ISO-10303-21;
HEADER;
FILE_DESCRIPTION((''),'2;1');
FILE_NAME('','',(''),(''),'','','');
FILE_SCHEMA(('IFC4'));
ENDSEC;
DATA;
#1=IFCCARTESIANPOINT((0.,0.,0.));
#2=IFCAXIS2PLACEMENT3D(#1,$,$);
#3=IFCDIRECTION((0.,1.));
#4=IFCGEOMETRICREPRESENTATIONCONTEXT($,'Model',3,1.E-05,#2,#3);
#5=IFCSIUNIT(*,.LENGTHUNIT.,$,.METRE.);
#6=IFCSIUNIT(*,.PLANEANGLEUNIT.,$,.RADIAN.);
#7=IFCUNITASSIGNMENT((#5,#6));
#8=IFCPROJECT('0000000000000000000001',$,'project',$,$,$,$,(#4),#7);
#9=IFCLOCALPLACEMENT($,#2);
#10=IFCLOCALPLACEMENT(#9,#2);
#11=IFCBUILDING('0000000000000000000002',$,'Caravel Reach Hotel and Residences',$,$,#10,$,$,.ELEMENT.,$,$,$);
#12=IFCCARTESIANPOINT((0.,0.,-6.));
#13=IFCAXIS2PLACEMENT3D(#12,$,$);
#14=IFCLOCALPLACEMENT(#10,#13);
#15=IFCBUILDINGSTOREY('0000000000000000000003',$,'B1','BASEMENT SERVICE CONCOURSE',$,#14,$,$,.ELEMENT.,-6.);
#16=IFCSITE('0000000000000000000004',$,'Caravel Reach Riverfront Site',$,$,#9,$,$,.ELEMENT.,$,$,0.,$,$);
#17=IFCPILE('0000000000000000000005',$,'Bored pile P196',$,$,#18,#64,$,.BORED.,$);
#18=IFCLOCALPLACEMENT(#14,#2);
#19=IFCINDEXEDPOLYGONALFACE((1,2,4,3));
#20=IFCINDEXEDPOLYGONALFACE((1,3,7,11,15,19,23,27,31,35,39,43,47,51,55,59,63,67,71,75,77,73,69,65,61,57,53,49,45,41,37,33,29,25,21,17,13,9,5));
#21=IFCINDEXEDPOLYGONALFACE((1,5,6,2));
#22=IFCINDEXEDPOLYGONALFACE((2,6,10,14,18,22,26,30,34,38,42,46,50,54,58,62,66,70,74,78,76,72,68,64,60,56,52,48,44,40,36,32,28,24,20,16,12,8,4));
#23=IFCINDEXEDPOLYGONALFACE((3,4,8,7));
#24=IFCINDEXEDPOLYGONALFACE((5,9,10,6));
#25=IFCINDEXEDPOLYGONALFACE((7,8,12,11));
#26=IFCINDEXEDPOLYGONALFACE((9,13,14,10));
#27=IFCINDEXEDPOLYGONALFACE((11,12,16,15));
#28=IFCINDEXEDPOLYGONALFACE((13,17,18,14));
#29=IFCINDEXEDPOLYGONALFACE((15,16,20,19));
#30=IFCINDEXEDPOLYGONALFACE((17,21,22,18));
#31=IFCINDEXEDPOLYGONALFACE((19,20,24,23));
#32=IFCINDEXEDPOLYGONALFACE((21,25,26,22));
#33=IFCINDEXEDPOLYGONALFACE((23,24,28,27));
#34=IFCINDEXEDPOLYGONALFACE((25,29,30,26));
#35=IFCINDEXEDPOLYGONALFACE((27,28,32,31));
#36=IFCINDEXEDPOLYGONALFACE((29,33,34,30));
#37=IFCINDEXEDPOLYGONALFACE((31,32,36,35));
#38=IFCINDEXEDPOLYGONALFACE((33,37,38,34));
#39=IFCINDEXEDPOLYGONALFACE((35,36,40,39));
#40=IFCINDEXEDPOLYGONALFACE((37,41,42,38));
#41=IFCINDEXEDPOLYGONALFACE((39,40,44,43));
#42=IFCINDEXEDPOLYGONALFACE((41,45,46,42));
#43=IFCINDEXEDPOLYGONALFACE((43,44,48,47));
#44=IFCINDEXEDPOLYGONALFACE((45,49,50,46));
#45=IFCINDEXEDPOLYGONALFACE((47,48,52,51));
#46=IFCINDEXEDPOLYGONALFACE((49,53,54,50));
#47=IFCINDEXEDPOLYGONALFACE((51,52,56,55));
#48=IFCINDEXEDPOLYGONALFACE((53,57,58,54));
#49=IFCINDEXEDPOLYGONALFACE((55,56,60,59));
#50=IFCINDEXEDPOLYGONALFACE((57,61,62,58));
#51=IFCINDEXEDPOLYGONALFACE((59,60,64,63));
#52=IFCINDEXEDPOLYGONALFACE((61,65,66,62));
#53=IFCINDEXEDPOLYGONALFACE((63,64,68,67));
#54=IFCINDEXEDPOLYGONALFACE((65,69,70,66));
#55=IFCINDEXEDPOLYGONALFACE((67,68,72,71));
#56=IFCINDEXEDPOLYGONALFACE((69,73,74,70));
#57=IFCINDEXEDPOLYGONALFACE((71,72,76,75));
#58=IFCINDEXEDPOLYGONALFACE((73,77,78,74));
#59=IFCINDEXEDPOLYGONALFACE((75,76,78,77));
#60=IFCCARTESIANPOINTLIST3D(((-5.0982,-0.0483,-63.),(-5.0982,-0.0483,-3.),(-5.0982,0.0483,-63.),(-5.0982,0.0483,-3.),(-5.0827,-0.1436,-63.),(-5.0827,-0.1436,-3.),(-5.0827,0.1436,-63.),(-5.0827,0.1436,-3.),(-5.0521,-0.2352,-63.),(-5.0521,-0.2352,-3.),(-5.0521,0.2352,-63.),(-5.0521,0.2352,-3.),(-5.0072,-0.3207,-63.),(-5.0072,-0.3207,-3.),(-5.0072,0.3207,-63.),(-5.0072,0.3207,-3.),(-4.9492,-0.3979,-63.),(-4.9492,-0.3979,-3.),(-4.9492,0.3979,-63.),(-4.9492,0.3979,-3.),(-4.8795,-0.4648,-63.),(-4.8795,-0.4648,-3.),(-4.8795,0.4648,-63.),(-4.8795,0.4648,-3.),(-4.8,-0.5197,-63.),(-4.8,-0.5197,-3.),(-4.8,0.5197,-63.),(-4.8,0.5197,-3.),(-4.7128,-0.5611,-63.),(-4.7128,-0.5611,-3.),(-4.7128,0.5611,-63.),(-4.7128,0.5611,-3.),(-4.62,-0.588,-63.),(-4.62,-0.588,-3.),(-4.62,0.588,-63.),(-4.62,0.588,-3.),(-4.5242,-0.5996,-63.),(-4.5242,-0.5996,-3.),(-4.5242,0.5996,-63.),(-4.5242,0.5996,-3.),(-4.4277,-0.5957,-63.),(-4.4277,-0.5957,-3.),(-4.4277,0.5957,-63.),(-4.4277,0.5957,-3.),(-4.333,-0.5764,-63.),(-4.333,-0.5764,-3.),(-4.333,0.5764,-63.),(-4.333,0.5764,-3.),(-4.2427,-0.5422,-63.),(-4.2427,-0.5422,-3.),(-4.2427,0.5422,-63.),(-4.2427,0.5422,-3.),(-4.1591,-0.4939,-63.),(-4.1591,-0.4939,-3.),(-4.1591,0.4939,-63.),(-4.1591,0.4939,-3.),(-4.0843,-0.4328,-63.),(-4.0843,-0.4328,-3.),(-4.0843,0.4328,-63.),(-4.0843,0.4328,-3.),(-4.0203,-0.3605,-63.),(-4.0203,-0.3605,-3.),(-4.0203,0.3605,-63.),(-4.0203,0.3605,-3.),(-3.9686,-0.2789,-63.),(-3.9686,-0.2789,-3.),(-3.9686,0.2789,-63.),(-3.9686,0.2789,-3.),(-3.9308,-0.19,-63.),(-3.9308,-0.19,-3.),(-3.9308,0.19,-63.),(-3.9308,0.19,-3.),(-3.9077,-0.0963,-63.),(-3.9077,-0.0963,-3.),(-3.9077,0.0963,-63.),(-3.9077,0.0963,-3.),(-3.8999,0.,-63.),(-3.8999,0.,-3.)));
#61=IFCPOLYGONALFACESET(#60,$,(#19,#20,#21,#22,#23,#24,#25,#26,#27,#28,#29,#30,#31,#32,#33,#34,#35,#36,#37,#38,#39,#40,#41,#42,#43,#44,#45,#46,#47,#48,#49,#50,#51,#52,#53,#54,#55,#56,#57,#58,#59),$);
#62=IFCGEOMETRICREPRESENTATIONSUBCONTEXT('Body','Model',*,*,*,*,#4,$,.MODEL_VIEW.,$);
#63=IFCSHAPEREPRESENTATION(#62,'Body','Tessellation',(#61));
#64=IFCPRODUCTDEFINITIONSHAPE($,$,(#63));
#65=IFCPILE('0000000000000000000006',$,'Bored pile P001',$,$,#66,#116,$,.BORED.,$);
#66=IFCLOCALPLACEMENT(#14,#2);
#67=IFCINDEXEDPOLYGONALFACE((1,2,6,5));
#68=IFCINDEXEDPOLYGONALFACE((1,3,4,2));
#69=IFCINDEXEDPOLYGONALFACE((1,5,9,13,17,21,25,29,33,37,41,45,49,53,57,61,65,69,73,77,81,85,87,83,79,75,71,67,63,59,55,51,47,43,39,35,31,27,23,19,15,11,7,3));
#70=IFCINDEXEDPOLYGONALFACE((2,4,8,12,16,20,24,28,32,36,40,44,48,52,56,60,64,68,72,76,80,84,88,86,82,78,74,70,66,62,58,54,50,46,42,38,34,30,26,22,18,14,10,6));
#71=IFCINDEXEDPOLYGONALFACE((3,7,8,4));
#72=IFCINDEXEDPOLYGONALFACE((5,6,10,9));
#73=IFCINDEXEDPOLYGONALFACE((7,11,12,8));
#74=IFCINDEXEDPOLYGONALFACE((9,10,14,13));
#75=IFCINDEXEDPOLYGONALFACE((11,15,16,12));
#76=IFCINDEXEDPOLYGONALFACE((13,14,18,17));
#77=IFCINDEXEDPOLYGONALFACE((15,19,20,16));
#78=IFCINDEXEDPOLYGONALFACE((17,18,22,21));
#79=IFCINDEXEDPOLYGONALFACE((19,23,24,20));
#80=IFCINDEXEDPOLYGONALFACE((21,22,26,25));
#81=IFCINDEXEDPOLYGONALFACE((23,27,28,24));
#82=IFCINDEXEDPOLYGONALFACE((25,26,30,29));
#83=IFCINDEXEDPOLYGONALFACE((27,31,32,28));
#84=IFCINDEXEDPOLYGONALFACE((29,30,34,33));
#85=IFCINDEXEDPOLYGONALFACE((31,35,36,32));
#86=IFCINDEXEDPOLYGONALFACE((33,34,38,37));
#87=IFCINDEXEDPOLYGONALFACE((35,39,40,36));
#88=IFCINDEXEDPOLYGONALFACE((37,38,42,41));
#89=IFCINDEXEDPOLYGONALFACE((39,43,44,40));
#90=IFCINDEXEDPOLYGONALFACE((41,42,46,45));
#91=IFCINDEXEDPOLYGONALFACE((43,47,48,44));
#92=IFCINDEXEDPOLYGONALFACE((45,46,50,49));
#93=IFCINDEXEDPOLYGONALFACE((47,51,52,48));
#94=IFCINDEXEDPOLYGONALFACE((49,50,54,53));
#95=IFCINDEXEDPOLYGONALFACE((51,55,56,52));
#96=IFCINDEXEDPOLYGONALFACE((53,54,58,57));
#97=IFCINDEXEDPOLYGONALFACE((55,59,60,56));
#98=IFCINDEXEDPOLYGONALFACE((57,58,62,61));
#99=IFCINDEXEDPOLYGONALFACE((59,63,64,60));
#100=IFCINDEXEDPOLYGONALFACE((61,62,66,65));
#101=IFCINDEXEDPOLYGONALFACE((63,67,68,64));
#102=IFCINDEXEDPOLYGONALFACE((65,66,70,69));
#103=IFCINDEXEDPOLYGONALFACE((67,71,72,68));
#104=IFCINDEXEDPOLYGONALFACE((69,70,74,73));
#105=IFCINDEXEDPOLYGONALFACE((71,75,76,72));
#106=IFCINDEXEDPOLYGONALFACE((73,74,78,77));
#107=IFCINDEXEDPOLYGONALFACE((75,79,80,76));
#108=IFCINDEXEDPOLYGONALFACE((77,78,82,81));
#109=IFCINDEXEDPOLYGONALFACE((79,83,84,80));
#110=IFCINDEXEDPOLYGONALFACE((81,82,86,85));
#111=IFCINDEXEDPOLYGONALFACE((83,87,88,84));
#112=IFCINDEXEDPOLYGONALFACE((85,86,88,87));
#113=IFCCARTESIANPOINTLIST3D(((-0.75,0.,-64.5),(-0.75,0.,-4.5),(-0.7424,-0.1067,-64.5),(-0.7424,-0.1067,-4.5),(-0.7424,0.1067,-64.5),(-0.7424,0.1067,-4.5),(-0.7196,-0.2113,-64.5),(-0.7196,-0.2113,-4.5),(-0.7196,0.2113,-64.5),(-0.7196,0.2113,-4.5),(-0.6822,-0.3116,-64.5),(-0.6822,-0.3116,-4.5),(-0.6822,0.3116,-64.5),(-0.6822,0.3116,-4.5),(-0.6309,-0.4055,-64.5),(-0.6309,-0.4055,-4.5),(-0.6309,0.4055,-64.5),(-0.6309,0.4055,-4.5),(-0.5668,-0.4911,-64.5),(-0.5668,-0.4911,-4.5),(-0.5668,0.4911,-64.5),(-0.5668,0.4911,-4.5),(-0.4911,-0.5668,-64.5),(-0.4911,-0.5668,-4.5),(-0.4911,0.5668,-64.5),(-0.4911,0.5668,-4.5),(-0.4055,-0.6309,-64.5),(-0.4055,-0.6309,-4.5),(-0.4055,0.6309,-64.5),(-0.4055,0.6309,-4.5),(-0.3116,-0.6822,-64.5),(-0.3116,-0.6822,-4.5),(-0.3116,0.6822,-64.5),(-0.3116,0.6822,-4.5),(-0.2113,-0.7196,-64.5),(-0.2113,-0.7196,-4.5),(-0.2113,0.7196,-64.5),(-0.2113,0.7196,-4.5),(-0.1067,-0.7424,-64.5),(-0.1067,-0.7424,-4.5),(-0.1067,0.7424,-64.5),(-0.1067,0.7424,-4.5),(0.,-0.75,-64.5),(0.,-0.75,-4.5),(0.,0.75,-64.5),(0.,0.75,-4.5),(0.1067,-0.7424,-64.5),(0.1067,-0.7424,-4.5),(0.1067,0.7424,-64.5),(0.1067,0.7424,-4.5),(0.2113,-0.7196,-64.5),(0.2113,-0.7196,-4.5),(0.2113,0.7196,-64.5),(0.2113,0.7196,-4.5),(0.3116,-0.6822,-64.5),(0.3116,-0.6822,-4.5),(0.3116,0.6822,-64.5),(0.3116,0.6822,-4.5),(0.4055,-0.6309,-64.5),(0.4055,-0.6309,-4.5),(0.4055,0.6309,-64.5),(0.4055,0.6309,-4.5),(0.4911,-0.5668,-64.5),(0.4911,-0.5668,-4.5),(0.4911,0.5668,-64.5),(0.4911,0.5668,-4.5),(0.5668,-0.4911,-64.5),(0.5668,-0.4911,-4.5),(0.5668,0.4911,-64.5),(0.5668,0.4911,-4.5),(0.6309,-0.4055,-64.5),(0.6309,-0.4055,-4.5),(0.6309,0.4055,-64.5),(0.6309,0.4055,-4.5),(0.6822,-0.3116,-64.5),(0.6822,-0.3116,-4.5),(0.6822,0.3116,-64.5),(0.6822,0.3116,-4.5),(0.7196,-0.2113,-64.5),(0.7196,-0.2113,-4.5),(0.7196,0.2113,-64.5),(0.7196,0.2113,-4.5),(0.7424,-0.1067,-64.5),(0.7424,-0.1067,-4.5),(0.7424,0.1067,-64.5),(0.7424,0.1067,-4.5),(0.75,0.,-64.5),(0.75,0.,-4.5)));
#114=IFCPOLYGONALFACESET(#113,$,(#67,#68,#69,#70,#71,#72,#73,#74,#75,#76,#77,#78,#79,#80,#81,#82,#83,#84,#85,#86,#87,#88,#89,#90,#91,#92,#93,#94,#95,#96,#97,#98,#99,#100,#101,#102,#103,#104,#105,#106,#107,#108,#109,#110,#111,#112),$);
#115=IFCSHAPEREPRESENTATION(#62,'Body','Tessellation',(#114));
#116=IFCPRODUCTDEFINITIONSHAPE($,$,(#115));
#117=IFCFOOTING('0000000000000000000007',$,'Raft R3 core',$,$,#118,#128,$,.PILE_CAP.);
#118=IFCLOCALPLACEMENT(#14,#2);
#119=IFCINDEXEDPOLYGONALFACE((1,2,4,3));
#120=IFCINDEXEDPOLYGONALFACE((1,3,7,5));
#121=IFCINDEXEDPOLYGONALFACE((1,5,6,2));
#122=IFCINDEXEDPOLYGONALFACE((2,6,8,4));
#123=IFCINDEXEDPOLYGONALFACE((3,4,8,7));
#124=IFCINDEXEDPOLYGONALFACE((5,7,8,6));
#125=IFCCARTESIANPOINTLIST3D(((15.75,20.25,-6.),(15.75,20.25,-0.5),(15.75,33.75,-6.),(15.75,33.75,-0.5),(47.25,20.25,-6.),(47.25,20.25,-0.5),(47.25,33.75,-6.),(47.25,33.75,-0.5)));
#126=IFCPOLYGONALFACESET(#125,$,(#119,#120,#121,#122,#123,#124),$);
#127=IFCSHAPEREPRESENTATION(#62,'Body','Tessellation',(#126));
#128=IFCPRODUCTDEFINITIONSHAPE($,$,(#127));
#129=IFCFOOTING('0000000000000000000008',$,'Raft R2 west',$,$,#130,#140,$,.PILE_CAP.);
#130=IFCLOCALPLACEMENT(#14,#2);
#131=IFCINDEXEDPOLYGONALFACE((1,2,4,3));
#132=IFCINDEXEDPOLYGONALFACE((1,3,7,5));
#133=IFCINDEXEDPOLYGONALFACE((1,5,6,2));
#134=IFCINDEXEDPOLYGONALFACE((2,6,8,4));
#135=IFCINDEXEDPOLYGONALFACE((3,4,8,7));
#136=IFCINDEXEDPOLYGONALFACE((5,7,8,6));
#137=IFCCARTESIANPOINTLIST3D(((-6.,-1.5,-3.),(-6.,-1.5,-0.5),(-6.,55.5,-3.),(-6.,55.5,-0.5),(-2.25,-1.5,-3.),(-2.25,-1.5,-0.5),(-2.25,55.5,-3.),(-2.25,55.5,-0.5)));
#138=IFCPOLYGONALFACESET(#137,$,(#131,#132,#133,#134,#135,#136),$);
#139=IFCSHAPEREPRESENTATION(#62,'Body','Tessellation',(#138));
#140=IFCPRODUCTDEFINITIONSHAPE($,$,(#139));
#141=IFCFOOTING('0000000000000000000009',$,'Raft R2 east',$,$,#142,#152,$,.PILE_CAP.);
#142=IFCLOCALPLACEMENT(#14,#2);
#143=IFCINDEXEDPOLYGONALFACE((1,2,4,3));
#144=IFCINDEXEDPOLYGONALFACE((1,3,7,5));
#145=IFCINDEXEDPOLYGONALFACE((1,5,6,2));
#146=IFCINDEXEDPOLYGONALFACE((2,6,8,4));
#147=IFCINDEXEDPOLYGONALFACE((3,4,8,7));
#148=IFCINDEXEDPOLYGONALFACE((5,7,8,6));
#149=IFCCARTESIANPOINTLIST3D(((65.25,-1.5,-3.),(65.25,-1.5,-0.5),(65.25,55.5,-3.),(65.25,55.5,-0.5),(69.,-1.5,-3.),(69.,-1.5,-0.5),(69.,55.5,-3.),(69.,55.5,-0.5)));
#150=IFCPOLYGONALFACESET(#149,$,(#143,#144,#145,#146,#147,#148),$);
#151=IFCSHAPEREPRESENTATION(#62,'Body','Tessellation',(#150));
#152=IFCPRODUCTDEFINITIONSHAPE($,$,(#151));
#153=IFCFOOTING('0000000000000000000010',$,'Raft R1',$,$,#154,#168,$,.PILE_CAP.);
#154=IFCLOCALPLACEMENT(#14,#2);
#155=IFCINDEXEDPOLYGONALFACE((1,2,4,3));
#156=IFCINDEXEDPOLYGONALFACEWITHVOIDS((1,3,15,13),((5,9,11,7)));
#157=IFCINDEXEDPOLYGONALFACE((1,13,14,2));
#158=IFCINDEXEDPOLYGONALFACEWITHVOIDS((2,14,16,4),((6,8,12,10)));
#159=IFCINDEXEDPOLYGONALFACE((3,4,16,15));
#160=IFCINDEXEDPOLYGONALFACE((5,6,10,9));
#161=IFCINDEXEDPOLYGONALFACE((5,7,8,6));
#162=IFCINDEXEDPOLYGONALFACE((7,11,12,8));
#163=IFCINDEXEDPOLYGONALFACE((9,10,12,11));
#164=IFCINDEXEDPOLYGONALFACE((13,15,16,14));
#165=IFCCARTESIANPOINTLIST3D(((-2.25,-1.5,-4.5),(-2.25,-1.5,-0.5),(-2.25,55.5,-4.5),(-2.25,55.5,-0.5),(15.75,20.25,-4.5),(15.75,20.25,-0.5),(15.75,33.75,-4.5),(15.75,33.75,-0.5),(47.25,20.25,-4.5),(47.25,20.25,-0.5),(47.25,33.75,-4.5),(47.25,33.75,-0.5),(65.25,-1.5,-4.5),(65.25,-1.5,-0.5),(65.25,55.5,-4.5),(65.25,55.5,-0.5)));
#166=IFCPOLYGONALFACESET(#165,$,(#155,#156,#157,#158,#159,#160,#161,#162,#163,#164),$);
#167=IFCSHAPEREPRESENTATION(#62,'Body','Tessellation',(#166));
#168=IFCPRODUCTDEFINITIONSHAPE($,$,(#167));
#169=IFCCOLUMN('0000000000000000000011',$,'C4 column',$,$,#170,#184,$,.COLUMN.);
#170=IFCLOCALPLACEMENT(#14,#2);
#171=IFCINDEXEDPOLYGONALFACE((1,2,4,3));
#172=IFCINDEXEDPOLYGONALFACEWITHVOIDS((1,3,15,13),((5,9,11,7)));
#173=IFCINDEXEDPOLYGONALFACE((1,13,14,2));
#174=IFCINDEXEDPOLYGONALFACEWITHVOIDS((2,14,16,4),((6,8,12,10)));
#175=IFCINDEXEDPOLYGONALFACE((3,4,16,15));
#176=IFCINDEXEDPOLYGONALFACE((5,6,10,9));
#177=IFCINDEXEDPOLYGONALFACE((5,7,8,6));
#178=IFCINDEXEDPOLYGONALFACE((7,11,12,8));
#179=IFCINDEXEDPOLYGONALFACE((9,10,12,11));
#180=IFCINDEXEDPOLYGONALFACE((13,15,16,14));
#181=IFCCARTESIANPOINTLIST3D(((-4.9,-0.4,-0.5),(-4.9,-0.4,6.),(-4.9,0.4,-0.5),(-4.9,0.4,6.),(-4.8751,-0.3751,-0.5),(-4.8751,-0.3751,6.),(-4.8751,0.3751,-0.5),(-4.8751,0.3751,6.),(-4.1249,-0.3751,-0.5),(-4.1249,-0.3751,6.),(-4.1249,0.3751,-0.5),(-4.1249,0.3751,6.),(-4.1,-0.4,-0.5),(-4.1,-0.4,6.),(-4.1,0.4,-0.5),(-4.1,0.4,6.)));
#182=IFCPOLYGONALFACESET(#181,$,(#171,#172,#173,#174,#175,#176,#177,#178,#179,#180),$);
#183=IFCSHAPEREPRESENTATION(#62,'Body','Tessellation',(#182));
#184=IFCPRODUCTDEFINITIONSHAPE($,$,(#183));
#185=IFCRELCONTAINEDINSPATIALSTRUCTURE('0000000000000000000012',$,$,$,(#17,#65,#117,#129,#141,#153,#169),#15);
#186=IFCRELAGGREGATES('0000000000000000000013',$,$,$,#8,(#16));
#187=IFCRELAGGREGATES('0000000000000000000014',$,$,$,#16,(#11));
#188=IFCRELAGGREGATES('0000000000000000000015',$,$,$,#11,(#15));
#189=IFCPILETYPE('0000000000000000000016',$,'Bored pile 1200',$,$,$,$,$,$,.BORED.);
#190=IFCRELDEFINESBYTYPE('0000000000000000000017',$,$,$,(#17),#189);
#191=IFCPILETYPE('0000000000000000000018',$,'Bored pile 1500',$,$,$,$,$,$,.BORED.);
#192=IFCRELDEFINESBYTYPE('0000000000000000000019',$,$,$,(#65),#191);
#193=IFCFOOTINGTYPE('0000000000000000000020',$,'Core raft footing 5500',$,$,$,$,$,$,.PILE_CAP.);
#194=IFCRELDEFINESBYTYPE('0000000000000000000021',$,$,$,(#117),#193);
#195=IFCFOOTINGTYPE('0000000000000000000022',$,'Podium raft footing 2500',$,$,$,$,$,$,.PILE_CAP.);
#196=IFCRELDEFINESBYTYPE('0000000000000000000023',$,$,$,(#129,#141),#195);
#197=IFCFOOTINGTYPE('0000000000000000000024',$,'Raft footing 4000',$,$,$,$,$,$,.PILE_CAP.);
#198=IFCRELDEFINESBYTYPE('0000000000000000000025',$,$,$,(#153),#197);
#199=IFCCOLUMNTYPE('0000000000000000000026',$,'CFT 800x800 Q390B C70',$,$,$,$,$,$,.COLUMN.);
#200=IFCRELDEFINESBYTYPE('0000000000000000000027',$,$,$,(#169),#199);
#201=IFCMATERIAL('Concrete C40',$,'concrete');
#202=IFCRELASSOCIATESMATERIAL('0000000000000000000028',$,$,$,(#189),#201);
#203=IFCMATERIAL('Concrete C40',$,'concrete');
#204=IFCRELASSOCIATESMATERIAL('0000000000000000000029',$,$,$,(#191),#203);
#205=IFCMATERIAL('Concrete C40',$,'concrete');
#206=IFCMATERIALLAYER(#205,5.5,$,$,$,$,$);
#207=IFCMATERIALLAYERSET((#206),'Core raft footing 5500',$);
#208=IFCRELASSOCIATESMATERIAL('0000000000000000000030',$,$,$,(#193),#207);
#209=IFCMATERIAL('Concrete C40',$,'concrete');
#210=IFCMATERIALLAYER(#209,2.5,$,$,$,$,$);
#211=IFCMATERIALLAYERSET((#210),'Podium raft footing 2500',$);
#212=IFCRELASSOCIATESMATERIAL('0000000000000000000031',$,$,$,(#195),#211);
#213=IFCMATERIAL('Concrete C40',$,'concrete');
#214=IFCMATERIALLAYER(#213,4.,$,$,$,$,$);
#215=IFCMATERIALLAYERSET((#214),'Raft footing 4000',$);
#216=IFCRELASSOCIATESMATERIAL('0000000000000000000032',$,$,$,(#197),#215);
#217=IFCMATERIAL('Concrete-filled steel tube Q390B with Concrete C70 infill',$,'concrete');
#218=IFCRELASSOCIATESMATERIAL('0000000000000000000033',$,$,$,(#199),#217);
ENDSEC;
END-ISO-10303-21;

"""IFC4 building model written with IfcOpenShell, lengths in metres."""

from ifc_helpers import new_model, si_unit, direction, frame, origin, origin_2d, place, context, subcontext, project, spatial, polyline, hollow_rectangle, circle, outline, extrude, material, layer, layer_set, material_profile, profile_set, type_object, element, save


model = new_model("IFC4")

# Units and contexts
model_context = context("Model", 3, precision=1e-05, world=origin(), true_north=direction((0.0, 1.0)))
body_context = subcontext(model_context, "Body", "Model", "MODEL_VIEW")
ifc_project = project(units=[si_unit("LENGTHUNIT", "METRE"), si_unit("PLANEANGLEUNIT", "RADIAN")], contexts=[model_context])

# Site, building, storey
site_placement = place(None, origin())
site = spatial("IfcSite", under=ifc_project, at=site_placement, Name="Caravel Reach Riverfront Site", CompositionType="ELEMENT", RefElevation=0.0)
building_placement = place(site_placement, origin())
building = spatial("IfcBuilding", under=site, at=building_placement, Name="Caravel Reach Hotel and Residences", CompositionType="ELEMENT")
storey_placement = place(building_placement, frame((0.0, 0.0, -6.0)))
storey = spatial("IfcBuildingStorey", under=building, at=storey_placement, Name="B1", Description="BASEMENT SERVICE CONCOURSE", CompositionType="ELEMENT", Elevation=-6.0)

# Piles
ifc_material_1 = material(Name="Concrete C40", Category="concrete")
ifc_material_profile_1 = material_profile(ifc_material_1, circle(Radius=0.6001, at=origin_2d()), Name="PILE 1200")
ifc_profile_set_1 = profile_set([ifc_material_profile_1], Name="Concrete C40")
pile_type_1 = type_object("IfcPileType", Name="Bored pile 1200", PredefinedType="BORED", material=ifc_profile_set_1)
pile_1_placement = place(storey_placement, frame((-4.5, 0.0, -3.0), z_axis=(0.0, 0.0, -1.0), x_axis=(1.0, 0.0, 0.0)))
element("IfcPile", 1, at=pile_1_placement, inside=storey, type_object=pile_type_1, Name="Bored pile P196", PredefinedType="BORED", context=body_context, shape_type="SweptSolid", body=[
    extrude(circle(Radius=0.6001, at=origin_2d()), origin(), (0.0, 0.0, 1.0), 60.0),
])
ifc_material_2 = material(Name="Concrete C40", Category="concrete")
ifc_material_profile_2 = material_profile(ifc_material_2, circle(Radius=0.75, at=origin_2d()), Name="PILE 1500")
ifc_profile_set_2 = profile_set([ifc_material_profile_2], Name="Concrete C40")
pile_type_2 = type_object("IfcPileType", Name="Bored pile 1500", PredefinedType="BORED", material=ifc_profile_set_2)
pile_2_placement = place(storey_placement, frame((0.0, 0.0, -4.5), z_axis=(0.0, 0.0, -1.0), x_axis=(1.0, 0.0, 0.0)))
element("IfcPile", 2, at=pile_2_placement, inside=storey, type_object=pile_type_2, Name="Bored pile P001", PredefinedType="BORED", context=body_context, shape_type="SweptSolid", body=[
    extrude(circle(Radius=0.75, at=origin_2d()), origin(), (0.0, 0.0, 1.0), 60.0),
])

# Footings
ifc_material_3 = material(Name="Concrete C40", Category="concrete")
ifc_layer_1 = layer(ifc_material_3, 5.5)
ifc_layer_set_1 = layer_set([ifc_layer_1], Name="Core raft footing 5500")
footing_type_1 = type_object("IfcFootingType", Name="Core raft footing 5500", PredefinedType="PILE_CAP", material=ifc_layer_set_1)
footing_1_placement = place(storey_placement, frame((0.0, 0.0, -6.0)))
element("IfcFooting", 3, at=footing_1_placement, inside=storey, type_object=footing_type_1, Name="Raft R3 core", PredefinedType="PILE_CAP", context=body_context, shape_type="SweptSolid", body=[
    extrude(outline(polyline([(15.75, 20.25), (47.25, 20.25), (47.25, 33.75), (15.75, 33.75), (15.75, 20.25)])), origin(), (0.0, 0.0, 1.0), 5.5),
])
ifc_material_4 = material(Name="Concrete C40", Category="concrete")
ifc_layer_2 = layer(ifc_material_4, 2.5)
ifc_layer_set_2 = layer_set([ifc_layer_2], Name="Podium raft footing 2500")
footing_type_2 = type_object("IfcFootingType", Name="Podium raft footing 2500", PredefinedType="PILE_CAP", material=ifc_layer_set_2)
footing_2_placement = place(storey_placement, frame((0.0, 0.0, -3.0)))
element("IfcFooting", 4, at=footing_2_placement, inside=storey, type_object=footing_type_2, Name="Raft R2 west", PredefinedType="PILE_CAP", context=body_context, shape_type="SweptSolid", body=[
    extrude(outline(polyline([(-6.0, -1.5), (-2.25, -1.5), (-2.25, 55.5), (-6.0, 55.5), (-6.0, -1.5)])), origin(), (0.0, 0.0, 1.0), 2.5),
])
footing_3_placement = place(storey_placement, frame((0.0, 0.0, -3.0)))
element("IfcFooting", 5, at=footing_3_placement, inside=storey, type_object=footing_type_2, Name="Raft R2 east", PredefinedType="PILE_CAP", context=body_context, shape_type="SweptSolid", body=[
    extrude(outline(polyline([(65.25, -1.5), (69.0, -1.5), (69.0, 55.5), (65.25, 55.5), (65.25, -1.5)])), origin(), (0.0, 0.0, 1.0), 2.5),
])
ifc_material_5 = material(Name="Concrete C40", Category="concrete")
ifc_layer_3 = layer(ifc_material_5, 4.0)
ifc_layer_set_3 = layer_set([ifc_layer_3], Name="Raft footing 4000")
footing_type_3 = type_object("IfcFootingType", Name="Raft footing 4000", PredefinedType="PILE_CAP", material=ifc_layer_set_3)
footing_4_placement = place(storey_placement, frame((0.0, 0.0, -4.5)))
element("IfcFooting", 6, at=footing_4_placement, inside=storey, type_object=footing_type_3, Name="Raft R1", PredefinedType="PILE_CAP", context=body_context, shape_type="SweptSolid", body=[
    extrude(outline(polyline([(-2.25, -1.5), (65.25, -1.5), (65.25, 55.5), (-2.25, 55.5), (-2.25, -1.5)]), holes=[polyline([(15.75, 20.25), (47.25, 20.25), (47.25, 33.75), (15.75, 33.75), (15.75, 20.25)])]), origin(), (0.0, 0.0, 1.0), 4.0),
])

# Column
ifc_material_6 = material(Name="Concrete-filled steel tube Q390B with Concrete C70 infill", Category="concrete")
ifc_material_profile_3 = material_profile(ifc_material_6, hollow_rectangle(XDim=0.8, YDim=0.8, WallThickness=0.0249, at=origin_2d()), Name="RHS 800x800x25")
ifc_profile_set_3 = profile_set([ifc_material_profile_3], Name="Concrete-filled steel tube Q390B with Concrete C70 infill")
column_type = type_object("IfcColumnType", Name="CFT 800x800 Q390B C70", PredefinedType="COLUMN", material=ifc_profile_set_3)
column_placement = place(storey_placement, frame((-4.5, 0.0, -0.5), z_axis=(0.0, 0.0, 1.0), x_axis=(1.0, 0.0, 0.0)))
element("IfcColumn", 7, at=column_placement, inside=storey, type_object=column_type, Name="C4 column", PredefinedType="COLUMN", context=body_context, shape_type="SweptSolid", body=[
    extrude(hollow_rectangle(XDim=0.8, YDim=0.8, WallThickness=0.0249, at=origin_2d()), origin(), (0.0, 0.0, 1.0), 6.5),
])

save(model, "model.ifc")
